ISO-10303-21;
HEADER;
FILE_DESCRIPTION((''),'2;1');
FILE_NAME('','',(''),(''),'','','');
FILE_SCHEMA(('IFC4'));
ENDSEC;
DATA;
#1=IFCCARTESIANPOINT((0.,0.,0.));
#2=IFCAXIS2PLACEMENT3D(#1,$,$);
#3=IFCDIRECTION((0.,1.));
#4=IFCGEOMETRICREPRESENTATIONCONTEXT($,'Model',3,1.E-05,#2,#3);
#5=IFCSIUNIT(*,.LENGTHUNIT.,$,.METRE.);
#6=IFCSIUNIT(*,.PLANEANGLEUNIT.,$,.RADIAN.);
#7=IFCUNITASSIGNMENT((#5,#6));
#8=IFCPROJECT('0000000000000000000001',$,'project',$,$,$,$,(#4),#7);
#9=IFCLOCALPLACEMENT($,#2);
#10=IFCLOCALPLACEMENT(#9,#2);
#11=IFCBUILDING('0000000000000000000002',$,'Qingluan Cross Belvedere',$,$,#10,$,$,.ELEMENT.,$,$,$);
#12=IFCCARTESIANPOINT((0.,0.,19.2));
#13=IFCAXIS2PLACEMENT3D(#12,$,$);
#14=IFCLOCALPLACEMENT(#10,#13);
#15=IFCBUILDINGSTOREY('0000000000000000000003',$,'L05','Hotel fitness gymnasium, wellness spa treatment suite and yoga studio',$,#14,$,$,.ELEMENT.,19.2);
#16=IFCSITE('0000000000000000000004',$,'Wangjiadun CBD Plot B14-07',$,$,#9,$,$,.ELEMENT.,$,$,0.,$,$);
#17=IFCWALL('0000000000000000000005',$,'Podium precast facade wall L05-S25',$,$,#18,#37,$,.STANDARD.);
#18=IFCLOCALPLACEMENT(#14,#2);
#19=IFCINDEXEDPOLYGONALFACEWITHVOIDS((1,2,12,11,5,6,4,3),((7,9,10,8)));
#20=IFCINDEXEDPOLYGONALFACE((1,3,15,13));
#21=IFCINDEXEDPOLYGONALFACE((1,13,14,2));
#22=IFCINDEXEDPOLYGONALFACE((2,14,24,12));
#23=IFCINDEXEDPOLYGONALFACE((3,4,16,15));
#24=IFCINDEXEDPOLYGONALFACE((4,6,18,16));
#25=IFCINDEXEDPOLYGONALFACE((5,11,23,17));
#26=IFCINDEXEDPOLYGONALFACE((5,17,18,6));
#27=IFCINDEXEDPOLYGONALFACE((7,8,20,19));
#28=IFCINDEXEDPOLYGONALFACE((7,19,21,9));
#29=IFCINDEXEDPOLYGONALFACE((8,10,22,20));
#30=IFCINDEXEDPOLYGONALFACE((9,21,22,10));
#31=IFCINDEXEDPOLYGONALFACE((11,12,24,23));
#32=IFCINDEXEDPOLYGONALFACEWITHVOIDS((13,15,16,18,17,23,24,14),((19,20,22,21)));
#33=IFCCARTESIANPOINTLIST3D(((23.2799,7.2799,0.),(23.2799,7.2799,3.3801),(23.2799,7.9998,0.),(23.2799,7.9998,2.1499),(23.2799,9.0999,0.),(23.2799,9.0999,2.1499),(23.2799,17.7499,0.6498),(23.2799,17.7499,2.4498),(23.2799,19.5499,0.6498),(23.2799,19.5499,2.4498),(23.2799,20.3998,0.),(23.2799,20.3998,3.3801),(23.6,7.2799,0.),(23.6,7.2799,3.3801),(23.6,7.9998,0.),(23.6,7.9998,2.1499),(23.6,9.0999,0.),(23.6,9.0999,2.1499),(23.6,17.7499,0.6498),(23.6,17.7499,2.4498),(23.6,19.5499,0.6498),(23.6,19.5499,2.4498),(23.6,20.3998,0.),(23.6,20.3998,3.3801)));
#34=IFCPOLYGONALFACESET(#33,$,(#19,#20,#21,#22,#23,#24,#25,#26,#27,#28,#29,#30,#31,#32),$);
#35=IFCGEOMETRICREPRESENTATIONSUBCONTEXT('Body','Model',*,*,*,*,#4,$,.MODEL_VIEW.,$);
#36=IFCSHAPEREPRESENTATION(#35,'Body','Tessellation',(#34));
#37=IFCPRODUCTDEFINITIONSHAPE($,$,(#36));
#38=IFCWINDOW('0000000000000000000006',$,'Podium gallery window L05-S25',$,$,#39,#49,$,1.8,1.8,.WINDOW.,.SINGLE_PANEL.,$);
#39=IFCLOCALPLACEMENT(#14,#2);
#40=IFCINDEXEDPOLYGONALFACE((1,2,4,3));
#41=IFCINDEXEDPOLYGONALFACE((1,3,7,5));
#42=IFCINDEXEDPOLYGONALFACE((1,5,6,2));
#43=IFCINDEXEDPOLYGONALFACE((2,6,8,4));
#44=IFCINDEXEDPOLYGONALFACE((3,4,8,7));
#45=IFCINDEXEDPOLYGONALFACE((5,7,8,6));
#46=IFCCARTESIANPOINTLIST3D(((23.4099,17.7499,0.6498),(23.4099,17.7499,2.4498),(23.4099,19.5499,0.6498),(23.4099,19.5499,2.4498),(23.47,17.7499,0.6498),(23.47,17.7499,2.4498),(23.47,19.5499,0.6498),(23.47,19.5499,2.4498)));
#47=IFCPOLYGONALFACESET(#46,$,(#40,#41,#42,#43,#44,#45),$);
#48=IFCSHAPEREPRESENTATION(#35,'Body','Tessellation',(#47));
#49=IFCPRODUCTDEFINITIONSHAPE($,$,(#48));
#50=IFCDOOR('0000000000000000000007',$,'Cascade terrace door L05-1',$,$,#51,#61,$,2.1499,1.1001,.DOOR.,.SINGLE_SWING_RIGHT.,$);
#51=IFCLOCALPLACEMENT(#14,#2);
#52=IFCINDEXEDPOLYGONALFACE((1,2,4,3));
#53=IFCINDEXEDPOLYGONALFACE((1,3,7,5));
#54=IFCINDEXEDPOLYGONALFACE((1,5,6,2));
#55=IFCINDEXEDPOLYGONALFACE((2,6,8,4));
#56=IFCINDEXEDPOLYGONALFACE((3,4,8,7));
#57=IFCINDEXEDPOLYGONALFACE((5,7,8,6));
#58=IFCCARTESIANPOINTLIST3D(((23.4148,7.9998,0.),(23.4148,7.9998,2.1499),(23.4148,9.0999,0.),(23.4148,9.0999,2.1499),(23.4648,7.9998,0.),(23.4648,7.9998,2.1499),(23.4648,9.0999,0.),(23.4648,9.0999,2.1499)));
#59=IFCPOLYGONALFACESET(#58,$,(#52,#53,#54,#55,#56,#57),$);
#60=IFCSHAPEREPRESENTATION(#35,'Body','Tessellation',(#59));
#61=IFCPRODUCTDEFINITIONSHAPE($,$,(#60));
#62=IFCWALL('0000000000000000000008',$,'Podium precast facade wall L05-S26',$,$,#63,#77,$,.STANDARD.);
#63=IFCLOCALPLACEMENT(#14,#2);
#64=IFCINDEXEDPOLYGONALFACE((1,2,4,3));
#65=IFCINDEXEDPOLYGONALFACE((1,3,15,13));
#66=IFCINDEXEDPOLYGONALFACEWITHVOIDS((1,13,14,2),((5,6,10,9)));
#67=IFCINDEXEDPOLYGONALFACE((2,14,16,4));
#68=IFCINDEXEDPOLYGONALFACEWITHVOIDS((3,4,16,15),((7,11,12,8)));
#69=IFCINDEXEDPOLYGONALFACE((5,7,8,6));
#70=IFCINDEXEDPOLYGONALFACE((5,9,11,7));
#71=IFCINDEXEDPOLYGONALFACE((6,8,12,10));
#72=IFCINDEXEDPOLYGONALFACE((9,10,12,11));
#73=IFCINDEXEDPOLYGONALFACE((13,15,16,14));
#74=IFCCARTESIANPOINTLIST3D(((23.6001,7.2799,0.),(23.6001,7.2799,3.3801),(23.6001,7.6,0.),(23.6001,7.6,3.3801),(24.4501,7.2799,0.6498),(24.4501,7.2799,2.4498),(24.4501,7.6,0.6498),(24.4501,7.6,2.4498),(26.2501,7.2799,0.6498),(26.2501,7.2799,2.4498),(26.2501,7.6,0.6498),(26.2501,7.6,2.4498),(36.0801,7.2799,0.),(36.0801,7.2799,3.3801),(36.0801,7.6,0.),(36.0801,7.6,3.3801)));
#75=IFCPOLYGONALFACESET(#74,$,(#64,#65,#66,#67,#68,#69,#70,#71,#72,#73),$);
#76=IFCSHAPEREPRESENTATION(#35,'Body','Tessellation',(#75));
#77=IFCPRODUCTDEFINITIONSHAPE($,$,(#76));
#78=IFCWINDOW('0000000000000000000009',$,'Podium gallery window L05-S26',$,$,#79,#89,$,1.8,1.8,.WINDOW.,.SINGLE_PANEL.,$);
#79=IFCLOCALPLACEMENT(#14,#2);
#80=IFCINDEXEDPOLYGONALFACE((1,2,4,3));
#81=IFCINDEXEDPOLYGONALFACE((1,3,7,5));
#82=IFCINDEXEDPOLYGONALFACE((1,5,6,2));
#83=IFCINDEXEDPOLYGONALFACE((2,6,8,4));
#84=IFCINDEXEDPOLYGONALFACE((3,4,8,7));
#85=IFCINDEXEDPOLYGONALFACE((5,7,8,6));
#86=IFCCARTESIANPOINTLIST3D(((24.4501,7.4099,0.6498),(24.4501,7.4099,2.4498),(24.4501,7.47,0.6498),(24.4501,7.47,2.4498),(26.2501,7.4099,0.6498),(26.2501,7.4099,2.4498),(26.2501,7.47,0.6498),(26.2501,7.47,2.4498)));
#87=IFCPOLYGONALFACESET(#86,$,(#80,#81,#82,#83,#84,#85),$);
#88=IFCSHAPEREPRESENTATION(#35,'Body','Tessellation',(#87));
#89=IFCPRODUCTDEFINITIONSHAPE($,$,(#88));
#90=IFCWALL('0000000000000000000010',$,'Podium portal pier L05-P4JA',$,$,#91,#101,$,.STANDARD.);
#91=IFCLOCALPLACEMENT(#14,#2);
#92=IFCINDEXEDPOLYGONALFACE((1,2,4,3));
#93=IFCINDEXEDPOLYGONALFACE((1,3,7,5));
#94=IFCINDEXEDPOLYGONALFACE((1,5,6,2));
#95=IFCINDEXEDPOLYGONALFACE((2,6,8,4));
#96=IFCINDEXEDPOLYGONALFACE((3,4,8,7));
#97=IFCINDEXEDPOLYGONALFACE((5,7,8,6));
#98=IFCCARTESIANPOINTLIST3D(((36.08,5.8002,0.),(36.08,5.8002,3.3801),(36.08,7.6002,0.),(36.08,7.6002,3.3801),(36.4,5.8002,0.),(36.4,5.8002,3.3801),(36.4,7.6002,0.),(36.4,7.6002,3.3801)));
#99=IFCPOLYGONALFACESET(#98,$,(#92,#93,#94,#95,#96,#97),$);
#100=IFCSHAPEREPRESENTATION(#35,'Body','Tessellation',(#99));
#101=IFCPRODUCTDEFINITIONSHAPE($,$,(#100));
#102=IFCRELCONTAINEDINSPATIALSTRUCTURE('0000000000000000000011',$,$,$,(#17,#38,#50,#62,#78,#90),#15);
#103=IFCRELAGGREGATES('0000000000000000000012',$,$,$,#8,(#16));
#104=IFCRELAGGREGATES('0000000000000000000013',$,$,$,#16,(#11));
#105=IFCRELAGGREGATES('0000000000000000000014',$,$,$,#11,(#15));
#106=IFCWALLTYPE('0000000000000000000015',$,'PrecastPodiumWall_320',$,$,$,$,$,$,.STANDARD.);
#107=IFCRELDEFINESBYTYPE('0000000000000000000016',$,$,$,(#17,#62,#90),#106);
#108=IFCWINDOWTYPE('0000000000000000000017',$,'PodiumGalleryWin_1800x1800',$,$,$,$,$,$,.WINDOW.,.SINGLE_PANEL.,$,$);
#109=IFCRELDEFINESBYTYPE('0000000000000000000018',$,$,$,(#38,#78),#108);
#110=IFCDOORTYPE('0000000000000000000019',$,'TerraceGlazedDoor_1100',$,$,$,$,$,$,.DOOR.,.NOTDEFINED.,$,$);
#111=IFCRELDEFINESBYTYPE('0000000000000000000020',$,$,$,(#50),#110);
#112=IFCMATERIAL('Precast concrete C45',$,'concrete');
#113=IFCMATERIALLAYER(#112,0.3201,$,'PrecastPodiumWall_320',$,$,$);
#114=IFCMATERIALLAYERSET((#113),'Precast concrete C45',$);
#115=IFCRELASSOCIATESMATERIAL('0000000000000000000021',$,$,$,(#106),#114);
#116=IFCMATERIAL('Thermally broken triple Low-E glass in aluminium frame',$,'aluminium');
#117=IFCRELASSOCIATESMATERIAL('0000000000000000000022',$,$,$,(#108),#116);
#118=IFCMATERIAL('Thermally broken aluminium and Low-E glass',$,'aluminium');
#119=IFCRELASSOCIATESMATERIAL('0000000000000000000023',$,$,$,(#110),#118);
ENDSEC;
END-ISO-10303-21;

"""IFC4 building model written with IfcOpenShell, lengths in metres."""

from ifc_helpers import new_model, si_unit, direction, frame, frame_2d, origin, place, context, subcontext, project, spatial, rectangle, extrude, material, layer, layer_set, type_object, element, fill, save


model = new_model("IFC4")

# Units and contexts
model_context = context("Model", 3, precision=1e-05, world=origin(), true_north=direction((0.0, 1.0)))
body_context = subcontext(model_context, "Body", "Model", "MODEL_VIEW")
ifc_project = project(units=[si_unit("LENGTHUNIT", "METRE"), si_unit("PLANEANGLEUNIT", "RADIAN")], contexts=[model_context])

# Site, building, storey
site_placement = place(None, origin())
site = spatial("IfcSite", under=ifc_project, at=site_placement, Name="Wangjiadun CBD Plot B14-07", CompositionType="ELEMENT", RefElevation=0.0)
building_placement = place(site_placement, origin())
building = spatial("IfcBuilding", under=site, at=building_placement, Name="Qingluan Cross Belvedere", CompositionType="ELEMENT")
storey_placement = place(building_placement, frame((0.0, 0.0, 19.2)))
storey = spatial("IfcBuildingStorey", under=building, at=storey_placement, Name="L05", Description="Hotel fitness gymnasium, wellness spa treatment suite and yoga studio", CompositionType="ELEMENT", Elevation=19.2)

# Shared definitions
ifc_material_1 = material(Name="Precast concrete C45", Category="concrete")
ifc_layer_1 = layer(ifc_material_1, 0.3201, Name="PrecastPodiumWall_320")
ifc_layer_set_1 = layer_set([ifc_layer_1], Name="Precast concrete C45")
wall_type_1 = type_object("IfcWallType", Name="PrecastPodiumWall_320", PredefinedType="STANDARD", material=ifc_layer_set_1)
ifc_material_2 = material(Name="Thermally broken triple Low-E glass in aluminium frame", Category="aluminium")
window_type = type_object("IfcWindowType", Name="PodiumGalleryWin_1800x1800", PartitioningType="SINGLE_PANEL", PredefinedType="WINDOW", material=ifc_material_2)

# Wall, openings, window, door
wall_1_placement = place(storey_placement, frame((23.4399, 20.3999, 0.0), z_axis=(0.0, 0.0, 1.0), x_axis=(0.0, -1.0, 0.0)))
wall_1 = element("IfcWall", 1, at=wall_1_placement, inside=storey, type_object=wall_type_1, Name="Podium precast facade wall L05-S25", PredefinedType="STANDARD", context=body_context, shape_type="SweptSolid", body=[
    extrude(rectangle(XDim=13.1199, YDim=0.3201, at=frame_2d((6.5601, 0.0))), origin(), (0.0, 0.0, 1.0), 3.3801),
])
opening_1_placement = place(wall_1_placement, frame((0.8501, 0.0, 0.6499)))
opening_1 = element("IfcOpeningElement", 2, at=opening_1_placement, cuts=wall_1, PredefinedType="OPENING", context=body_context, shape_type="SweptSolid", body=[
    extrude(rectangle(XDim=1.8, YDim=1.8, at=frame_2d((0.8999, 0.8999))), frame((0.0, 0.1699, 0.0), z_axis=(0.0, -1.0, 0.0), x_axis=(1.0, 0.0, 0.0)), (0.0, 0.0, 1.0), 0.3401),
])
opening_2_placement = place(wall_1_placement, frame((11.3, 0.0, 0.0)))
opening_2 = element("IfcOpeningElement", 3, at=opening_2_placement, cuts=wall_1, PredefinedType="OPENING", context=body_context, shape_type="SweptSolid", body=[
    extrude(rectangle(XDim=1.1001, YDim=2.1499, at=frame_2d((0.55, 1.075))), frame((0.0, 0.1699, 0.0), z_axis=(0.0, -1.0, 0.0), x_axis=(1.0, 0.0, 0.0)), (0.0, 0.0, 1.0), 0.3401),
])
window_1_placement = place(opening_1_placement, origin())
window_1 = element("IfcWindow", 4, at=window_1_placement, inside=storey, type_object=window_type, Name="Podium gallery window L05-S25", OverallHeight=1.8, OverallWidth=1.8, PartitioningType="SINGLE_PANEL", PredefinedType="WINDOW", context=body_context, shape_type="SweptSolid", body=[
    extrude(rectangle(XDim=1.8, YDim=1.8, at=frame_2d((0.8999, 0.8999))), frame((0.0, 0.03, 0.0), z_axis=(0.0, -1.0, 0.0), x_axis=(1.0, 0.0, 0.0)), (0.0, 0.0, 1.0), 0.0601),
])
fill(opening_1, window_1)
ifc_material_3 = material(Name="Thermally broken aluminium and Low-E glass", Category="aluminium")
door_type_1 = type_object("IfcDoorType", Name="TerraceGlazedDoor_1100", OperationType="NOTDEFINED", PredefinedType="DOOR", material=ifc_material_3)
door_1_placement = place(opening_2_placement, origin())
door_1 = element("IfcDoor", 5, at=door_1_placement, inside=storey, type_object=door_type_1, Name="Cascade terrace door L05-1", OperationType="SINGLE_SWING_RIGHT", OverallHeight=2.1499, OverallWidth=1.1001, PredefinedType="DOOR", context=body_context, shape_type="SweptSolid", body=[
    extrude(rectangle(XDim=1.1001, YDim=2.1499, at=frame_2d((0.55, 1.075))), frame((0.0, 0.0249, 0.0), z_axis=(0.0, -1.0, 0.0), x_axis=(1.0, 0.0, 0.0)), (0.0, 0.0, 1.0), 0.05),
])
fill(opening_2, door_1)

# Wall, opening, window
wall_2_placement = place(storey_placement, frame((23.6001, 7.4399, 0.0), z_axis=(0.0, 0.0, 1.0), x_axis=(1.0, 0.0, 0.0)))
wall_2 = element("IfcWall", 6, at=wall_2_placement, inside=storey, type_object=wall_type_1, Name="Podium precast facade wall L05-S26", PredefinedType="STANDARD", context=body_context, shape_type="SweptSolid", body=[
    extrude(rectangle(XDim=12.48, YDim=0.3201, at=frame_2d((6.24, 0.0))), origin(), (0.0, 0.0, 1.0), 3.3801),
])
opening_3_placement = place(wall_2_placement, frame((0.8501, 0.0, 0.6499)))
opening_3 = element("IfcOpeningElement", 7, at=opening_3_placement, cuts=wall_2, PredefinedType="OPENING", context=body_context, shape_type="SweptSolid", body=[
    extrude(rectangle(XDim=1.8, YDim=1.8, at=frame_2d((0.8999, 0.8999))), frame((0.0, 0.1699, 0.0), z_axis=(0.0, -1.0, 0.0), x_axis=(1.0, 0.0, 0.0)), (0.0, 0.0, 1.0), 0.3401),
])
window_2_placement = place(opening_3_placement, origin())
window_2 = element("IfcWindow", 8, at=window_2_placement, inside=storey, type_object=window_type, Name="Podium gallery window L05-S26", OverallHeight=1.8, OverallWidth=1.8, PartitioningType="SINGLE_PANEL", PredefinedType="WINDOW", context=body_context, shape_type="SweptSolid", body=[
    extrude(rectangle(XDim=1.8, YDim=1.8, at=frame_2d((0.8999, 0.8999))), frame((0.0, 0.03, 0.0), z_axis=(0.0, -1.0, 0.0), x_axis=(1.0, 0.0, 0.0)), (0.0, 0.0, 1.0), 0.0601),
])
fill(opening_3, window_2)

# Wall
wall_3_placement = place(storey_placement, frame((36.24, 7.6001, 0.0), z_axis=(0.0, 0.0, 1.0), x_axis=(0.0, -1.0, 0.0)))
element("IfcWall", 9, at=wall_3_placement, inside=storey, type_object=wall_type_1, Name="Podium portal pier L05-P4JA", PredefinedType="STANDARD", context=body_context, shape_type="SweptSolid", body=[
    extrude(rectangle(XDim=1.8, YDim=0.3201, at=frame_2d((0.8999, 0.0))), origin(), (0.0, 0.0, 1.0), 3.3801),
])

save(model, "model.ifc")
